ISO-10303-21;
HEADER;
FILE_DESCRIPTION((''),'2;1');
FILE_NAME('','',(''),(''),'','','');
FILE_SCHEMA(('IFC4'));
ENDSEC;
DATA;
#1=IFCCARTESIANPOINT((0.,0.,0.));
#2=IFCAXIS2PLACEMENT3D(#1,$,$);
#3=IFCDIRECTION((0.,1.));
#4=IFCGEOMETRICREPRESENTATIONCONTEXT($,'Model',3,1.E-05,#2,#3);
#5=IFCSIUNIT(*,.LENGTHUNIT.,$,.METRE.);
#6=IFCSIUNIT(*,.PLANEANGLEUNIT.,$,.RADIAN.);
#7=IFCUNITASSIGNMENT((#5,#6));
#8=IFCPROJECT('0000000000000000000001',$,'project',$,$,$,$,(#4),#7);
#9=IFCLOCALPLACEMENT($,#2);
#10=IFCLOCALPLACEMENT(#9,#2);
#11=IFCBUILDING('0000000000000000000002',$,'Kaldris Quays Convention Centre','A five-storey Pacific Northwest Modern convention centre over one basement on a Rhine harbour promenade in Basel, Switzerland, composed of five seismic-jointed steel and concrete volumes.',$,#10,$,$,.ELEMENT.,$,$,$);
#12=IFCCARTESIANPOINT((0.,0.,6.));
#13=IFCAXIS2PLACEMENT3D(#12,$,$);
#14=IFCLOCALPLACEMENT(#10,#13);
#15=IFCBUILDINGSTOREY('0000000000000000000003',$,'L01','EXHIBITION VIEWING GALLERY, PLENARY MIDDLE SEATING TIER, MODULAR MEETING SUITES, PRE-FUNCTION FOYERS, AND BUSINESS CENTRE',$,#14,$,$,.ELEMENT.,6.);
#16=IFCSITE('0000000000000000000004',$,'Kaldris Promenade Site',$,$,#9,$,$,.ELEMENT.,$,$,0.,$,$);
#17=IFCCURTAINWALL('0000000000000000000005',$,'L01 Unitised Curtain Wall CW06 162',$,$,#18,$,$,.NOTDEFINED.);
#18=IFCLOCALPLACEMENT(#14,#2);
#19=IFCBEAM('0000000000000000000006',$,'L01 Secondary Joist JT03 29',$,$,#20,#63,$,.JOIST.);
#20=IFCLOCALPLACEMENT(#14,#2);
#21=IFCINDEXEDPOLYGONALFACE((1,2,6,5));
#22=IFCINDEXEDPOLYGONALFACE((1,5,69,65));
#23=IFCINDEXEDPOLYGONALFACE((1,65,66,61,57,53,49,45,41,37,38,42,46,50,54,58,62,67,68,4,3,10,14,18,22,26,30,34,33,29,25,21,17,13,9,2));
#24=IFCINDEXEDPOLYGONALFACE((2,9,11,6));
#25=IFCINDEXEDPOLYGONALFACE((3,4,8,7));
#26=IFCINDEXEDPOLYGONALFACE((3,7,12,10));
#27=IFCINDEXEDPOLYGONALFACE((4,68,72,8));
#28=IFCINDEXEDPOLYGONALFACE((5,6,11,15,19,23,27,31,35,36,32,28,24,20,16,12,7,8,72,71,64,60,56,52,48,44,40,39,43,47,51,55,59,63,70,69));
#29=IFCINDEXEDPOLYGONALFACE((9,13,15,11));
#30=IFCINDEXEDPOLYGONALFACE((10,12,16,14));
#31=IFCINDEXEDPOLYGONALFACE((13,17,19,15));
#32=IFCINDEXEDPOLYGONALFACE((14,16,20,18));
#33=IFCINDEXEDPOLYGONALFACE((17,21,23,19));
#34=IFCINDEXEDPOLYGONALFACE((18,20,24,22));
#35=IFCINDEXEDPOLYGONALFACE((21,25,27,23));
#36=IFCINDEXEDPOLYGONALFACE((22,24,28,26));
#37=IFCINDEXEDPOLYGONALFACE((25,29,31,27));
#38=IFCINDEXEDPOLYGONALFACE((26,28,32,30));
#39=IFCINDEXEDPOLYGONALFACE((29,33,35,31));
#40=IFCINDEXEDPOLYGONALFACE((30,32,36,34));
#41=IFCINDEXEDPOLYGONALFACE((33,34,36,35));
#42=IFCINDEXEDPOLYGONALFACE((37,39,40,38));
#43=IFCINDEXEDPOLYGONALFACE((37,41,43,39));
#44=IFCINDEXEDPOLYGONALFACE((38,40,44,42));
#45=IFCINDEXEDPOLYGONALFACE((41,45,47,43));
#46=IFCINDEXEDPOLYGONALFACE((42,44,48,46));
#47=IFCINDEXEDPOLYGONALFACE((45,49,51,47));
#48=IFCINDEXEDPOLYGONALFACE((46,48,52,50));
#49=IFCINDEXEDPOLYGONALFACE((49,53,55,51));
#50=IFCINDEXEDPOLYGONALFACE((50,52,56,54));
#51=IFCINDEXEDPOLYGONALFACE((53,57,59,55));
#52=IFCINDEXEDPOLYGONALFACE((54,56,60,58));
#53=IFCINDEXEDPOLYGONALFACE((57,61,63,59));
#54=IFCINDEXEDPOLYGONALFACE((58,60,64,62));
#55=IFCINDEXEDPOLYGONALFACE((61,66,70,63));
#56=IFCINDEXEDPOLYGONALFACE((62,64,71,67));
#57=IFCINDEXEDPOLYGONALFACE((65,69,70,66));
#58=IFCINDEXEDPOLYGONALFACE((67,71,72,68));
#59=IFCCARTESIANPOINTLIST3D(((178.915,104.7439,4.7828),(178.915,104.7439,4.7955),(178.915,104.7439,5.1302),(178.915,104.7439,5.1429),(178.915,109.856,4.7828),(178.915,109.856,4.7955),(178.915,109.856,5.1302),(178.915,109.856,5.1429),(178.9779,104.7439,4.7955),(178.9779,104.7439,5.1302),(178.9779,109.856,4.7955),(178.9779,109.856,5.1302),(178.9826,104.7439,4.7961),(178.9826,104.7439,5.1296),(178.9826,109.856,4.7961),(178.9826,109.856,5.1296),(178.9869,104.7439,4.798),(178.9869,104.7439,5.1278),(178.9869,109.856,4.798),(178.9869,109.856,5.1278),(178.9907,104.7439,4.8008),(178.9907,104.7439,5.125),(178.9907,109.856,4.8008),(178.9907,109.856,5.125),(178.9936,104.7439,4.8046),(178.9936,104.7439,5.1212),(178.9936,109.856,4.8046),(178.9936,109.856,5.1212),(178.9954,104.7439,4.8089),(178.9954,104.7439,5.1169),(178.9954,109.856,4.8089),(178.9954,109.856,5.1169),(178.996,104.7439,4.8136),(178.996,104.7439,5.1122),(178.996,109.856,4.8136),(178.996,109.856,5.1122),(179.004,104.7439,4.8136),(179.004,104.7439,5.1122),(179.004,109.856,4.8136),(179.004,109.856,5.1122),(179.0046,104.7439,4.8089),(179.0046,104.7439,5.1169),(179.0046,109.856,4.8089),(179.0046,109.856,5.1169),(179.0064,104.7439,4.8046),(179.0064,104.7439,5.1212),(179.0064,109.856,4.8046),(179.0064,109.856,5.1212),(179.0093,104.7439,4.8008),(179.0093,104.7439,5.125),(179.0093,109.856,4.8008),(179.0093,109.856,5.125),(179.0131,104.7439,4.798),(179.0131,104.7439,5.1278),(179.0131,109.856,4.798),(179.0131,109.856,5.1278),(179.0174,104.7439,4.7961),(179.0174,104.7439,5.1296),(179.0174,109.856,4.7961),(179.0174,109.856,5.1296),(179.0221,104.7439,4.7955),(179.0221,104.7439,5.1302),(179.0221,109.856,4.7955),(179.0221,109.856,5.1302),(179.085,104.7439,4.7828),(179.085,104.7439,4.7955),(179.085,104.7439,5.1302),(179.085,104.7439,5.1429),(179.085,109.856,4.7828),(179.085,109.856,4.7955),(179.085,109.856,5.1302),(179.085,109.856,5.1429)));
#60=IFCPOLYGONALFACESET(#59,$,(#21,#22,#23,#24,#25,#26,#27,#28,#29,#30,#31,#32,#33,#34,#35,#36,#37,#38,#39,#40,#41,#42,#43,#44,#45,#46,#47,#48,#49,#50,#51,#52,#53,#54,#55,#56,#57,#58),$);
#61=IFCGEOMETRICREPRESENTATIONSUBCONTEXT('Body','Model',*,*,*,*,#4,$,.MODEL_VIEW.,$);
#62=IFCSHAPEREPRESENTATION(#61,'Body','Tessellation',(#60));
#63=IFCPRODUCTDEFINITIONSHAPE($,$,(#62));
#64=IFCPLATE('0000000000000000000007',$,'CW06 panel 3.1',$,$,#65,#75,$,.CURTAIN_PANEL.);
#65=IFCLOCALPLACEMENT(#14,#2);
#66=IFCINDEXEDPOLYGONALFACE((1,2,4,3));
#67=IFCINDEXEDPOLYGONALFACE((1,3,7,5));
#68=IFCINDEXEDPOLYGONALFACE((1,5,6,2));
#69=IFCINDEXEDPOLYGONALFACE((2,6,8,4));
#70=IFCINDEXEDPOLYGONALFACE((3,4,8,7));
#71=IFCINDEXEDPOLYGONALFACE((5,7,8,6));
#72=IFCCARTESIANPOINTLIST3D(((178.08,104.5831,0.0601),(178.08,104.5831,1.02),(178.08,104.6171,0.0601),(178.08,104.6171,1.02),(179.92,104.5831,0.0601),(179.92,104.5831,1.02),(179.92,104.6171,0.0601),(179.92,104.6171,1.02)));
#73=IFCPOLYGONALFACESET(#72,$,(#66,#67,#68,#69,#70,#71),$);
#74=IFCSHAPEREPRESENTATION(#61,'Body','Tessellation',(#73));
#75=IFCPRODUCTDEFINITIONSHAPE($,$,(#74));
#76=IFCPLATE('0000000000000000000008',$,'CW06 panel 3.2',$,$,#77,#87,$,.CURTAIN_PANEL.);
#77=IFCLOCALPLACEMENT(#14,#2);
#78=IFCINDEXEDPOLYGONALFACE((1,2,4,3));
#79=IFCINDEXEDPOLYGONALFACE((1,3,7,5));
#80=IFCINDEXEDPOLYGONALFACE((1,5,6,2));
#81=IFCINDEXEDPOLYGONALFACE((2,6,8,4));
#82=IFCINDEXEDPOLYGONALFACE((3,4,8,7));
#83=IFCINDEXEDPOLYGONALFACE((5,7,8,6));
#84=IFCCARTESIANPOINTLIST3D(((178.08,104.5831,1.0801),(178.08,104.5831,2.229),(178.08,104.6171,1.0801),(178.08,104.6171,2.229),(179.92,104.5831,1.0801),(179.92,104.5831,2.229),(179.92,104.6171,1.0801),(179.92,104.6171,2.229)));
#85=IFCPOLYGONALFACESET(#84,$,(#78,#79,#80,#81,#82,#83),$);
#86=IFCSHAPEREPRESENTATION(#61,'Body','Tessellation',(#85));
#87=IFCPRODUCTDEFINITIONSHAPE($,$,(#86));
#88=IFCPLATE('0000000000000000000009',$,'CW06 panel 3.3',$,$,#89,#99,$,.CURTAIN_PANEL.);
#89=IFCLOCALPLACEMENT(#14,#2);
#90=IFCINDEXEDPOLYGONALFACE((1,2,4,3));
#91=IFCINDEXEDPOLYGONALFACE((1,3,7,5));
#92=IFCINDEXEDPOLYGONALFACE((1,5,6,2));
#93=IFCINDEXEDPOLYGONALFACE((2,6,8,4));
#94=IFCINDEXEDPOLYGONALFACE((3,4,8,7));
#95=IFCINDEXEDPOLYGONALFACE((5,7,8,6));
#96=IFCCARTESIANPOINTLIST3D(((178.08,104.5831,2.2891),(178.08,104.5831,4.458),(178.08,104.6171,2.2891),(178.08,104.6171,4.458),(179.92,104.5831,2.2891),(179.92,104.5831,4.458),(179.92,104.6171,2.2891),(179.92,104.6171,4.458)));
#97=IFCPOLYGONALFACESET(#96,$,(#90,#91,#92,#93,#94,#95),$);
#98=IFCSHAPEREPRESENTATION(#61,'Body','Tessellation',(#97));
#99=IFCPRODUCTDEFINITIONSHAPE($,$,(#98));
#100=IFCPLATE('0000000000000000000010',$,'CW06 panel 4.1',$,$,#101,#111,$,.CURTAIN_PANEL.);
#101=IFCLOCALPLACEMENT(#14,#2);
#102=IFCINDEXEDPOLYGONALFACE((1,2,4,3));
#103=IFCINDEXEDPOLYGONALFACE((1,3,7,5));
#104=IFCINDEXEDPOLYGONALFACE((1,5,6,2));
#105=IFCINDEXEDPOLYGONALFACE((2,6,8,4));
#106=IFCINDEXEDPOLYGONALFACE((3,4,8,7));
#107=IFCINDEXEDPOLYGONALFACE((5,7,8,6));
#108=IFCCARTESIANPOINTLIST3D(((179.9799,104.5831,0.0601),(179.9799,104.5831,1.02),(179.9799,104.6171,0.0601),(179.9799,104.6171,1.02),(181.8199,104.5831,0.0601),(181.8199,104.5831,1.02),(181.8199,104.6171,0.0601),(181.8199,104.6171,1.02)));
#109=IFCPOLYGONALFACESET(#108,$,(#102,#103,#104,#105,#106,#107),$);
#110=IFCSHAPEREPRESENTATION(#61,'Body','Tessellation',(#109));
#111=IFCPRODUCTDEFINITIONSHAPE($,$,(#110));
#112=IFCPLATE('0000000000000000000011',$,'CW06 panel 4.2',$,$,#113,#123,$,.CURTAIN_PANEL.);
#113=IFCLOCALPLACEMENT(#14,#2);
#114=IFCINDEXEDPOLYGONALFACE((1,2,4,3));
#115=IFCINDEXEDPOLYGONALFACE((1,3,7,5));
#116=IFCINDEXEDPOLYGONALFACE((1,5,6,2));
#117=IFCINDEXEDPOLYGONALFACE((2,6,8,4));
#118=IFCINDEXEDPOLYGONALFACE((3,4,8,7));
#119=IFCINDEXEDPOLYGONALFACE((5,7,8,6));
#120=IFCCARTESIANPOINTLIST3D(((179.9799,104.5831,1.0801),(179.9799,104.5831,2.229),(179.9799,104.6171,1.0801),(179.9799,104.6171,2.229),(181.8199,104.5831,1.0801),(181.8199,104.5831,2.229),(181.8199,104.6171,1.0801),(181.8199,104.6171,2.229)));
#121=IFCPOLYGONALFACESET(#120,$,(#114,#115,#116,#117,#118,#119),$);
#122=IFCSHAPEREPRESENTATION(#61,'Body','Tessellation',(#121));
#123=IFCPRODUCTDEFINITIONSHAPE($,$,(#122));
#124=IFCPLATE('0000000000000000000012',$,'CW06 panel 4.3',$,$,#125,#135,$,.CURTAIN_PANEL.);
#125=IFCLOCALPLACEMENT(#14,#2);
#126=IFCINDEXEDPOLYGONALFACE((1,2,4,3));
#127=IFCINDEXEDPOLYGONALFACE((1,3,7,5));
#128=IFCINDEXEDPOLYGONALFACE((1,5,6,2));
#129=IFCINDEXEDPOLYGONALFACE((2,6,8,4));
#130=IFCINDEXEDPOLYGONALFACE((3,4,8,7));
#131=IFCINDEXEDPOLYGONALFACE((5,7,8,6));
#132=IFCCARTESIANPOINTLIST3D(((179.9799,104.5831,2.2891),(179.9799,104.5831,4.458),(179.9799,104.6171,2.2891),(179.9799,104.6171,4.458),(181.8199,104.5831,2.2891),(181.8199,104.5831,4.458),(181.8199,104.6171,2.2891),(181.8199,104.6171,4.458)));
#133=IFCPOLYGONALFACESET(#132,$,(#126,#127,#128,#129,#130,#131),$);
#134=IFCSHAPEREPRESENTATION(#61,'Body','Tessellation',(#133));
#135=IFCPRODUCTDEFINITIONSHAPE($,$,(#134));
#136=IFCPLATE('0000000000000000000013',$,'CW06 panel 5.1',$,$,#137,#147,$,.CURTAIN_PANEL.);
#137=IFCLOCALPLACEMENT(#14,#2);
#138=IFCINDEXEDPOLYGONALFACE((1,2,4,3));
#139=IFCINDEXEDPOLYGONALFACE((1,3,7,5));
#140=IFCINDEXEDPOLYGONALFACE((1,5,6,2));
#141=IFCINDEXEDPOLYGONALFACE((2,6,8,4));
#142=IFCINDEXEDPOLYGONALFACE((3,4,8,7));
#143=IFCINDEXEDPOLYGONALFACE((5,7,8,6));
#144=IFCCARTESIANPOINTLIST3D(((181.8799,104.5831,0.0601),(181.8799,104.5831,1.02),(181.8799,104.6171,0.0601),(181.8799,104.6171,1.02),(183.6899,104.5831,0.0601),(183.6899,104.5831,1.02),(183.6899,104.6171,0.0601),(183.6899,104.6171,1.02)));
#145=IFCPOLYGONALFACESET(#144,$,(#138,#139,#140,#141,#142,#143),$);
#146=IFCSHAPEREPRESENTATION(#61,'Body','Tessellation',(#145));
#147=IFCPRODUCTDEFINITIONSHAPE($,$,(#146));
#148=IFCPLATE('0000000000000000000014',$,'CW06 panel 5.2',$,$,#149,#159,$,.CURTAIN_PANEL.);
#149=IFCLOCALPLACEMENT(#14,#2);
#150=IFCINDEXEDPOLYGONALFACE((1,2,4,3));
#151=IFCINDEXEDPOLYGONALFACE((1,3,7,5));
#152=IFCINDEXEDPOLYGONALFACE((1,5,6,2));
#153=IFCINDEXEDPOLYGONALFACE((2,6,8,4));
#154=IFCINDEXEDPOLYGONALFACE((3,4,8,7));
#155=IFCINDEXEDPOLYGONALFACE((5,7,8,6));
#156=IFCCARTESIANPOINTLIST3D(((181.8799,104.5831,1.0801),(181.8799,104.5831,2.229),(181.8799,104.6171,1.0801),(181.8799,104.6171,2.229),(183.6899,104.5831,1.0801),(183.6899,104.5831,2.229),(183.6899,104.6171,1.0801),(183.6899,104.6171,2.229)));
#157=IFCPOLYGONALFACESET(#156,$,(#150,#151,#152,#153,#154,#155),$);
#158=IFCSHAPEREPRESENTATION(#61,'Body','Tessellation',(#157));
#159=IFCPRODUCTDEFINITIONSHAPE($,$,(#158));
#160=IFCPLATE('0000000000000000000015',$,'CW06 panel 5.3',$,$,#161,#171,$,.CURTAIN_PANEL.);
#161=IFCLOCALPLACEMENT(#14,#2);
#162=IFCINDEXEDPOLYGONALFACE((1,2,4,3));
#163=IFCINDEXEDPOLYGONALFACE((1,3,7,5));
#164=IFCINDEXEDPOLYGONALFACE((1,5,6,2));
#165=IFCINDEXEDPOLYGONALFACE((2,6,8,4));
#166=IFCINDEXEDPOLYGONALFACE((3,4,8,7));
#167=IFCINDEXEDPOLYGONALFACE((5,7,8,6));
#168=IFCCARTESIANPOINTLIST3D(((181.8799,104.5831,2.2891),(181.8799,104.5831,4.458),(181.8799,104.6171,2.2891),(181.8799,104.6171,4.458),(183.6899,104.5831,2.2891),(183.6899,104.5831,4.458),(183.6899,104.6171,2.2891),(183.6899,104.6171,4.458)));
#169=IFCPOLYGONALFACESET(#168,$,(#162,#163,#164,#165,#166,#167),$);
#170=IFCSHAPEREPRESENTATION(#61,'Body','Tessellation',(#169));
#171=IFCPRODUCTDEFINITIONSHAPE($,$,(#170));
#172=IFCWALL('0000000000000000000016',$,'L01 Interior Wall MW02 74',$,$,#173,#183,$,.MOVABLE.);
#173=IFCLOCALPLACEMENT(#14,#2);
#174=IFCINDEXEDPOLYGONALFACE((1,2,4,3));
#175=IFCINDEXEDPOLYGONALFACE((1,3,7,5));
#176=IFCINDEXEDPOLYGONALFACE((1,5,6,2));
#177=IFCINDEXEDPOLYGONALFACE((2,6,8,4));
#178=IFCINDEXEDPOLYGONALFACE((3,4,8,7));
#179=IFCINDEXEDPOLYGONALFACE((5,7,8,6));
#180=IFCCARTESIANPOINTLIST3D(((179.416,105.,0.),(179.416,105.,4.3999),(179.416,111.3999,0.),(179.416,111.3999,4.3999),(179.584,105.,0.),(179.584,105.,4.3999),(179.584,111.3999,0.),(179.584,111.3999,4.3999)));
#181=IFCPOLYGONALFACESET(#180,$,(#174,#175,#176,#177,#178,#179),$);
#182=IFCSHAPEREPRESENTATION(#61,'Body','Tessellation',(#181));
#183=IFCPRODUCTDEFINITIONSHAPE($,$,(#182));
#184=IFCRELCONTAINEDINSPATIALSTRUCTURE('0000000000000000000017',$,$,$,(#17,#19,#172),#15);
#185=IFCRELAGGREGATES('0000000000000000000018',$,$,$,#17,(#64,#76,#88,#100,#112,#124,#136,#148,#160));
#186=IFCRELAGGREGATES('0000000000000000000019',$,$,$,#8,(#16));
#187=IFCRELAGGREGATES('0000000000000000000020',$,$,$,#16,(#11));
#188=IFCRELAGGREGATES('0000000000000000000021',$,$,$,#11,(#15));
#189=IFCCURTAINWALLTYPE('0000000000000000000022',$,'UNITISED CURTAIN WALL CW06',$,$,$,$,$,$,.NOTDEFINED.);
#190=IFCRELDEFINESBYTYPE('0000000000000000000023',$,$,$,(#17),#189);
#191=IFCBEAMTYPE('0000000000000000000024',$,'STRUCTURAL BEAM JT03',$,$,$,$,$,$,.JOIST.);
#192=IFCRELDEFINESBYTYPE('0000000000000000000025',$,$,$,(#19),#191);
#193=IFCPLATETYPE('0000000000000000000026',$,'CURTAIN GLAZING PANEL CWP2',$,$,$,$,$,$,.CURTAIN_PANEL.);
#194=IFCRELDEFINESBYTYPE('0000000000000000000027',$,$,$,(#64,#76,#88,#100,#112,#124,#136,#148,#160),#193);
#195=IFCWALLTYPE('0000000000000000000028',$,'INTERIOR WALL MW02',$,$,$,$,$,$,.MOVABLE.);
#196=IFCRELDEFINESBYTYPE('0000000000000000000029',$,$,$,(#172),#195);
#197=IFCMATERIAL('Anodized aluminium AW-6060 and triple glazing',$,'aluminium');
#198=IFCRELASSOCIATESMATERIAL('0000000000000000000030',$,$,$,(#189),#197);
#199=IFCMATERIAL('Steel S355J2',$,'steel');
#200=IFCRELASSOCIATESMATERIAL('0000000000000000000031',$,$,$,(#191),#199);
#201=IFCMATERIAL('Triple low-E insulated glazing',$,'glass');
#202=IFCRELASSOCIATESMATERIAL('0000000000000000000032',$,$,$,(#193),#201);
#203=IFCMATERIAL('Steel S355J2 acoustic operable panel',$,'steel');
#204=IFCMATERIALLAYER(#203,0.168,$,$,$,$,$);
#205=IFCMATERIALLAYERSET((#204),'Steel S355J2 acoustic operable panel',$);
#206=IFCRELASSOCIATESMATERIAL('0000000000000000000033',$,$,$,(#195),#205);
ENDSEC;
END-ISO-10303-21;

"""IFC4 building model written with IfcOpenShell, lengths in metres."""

from ifc_helpers import new_model, si_unit, direction, frame, frame_2d, origin, origin_2d, place, context, subcontext, project, spatial, rectangle, i_section, extrude, material, layer, layer_set, material_profile, profile_set, type_object, element, aggregate, save


model = new_model("IFC4")

# Units and contexts
model_context = context("Model", 3, precision=1e-05, world=origin(), true_north=direction((0.0, 1.0)))
body_context = subcontext(model_context, "Body", "Model", "MODEL_VIEW")
ifc_project = project(units=[si_unit("LENGTHUNIT", "METRE"), si_unit("PLANEANGLEUNIT", "RADIAN")], contexts=[model_context])

# Site, building, storey
site_placement = place(None, origin())
site = spatial("IfcSite", under=ifc_project, at=site_placement, Name="Kaldris Promenade Site", CompositionType="ELEMENT", RefElevation=0.0)
building_placement = place(site_placement, origin())
building = spatial("IfcBuilding", under=site, at=building_placement, Name="Kaldris Quays Convention Centre", Description="A five-storey Pacific Northwest Modern convention centre over one basement on a Rhine harbour promenade in Basel, Switzerland, composed of five seismic-jointed steel and concrete volumes.", CompositionType="ELEMENT")
storey_placement = place(building_placement, frame((0.0, 0.0, 6.0)))
storey = spatial("IfcBuildingStorey", under=building, at=storey_placement, Name="L01", Description="EXHIBITION VIEWING GALLERY, PLENARY MIDDLE SEATING TIER, MODULAR MEETING SUITES, PRE-FUNCTION FOYERS, AND BUSINESS CENTRE", CompositionType="ELEMENT", Elevation=6.0)

# Shared definitions
ifc_material_1 = material(Name="Steel S355J2", Category="steel")

# Curtain wall
ifc_material_2 = material(Name="Anodized aluminium AW-6060 and triple glazing", Category="aluminium")
curtain_wall_type = type_object("IfcCurtainWallType", Name="UNITISED CURTAIN WALL CW06", PredefinedType="NOTDEFINED", material=ifc_material_2)
curtain_wall_placement = place(storey_placement, origin())
curtain_wall = element("IfcCurtainWall", 1, at=curtain_wall_placement, inside=storey, type_object=curtain_wall_type, Name="L01 Unitised Curtain Wall CW06 162", PredefinedType="NOTDEFINED")

# Beam
ifc_material_profile_1 = material_profile(ifc_material_1, i_section(OverallWidth=0.1699, OverallDepth=0.3601, WebThickness=0.0081, FlangeThickness=0.0127, FilletRadius=0.0181, at=origin_2d()), Name="IPE 360")
ifc_profile_set_1 = profile_set([ifc_material_profile_1], Name="Steel S355J2")
beam_type_1 = type_object("IfcBeamType", Name="STRUCTURAL BEAM JT03", PredefinedType="JOIST", material=ifc_profile_set_1)
beam_1_placement = place(storey_placement, frame((179.0, 104.7439, 4.9629), z_axis=(0.0, 1.0, 0.0), x_axis=(-1.0, 0.0, 0.0)))
element("IfcBeam", 2, at=beam_1_placement, inside=storey, type_object=beam_type_1, Name="L01 Secondary Joist JT03 29", PredefinedType="JOIST", context=body_context, shape_type="SweptSolid", body=[
    extrude(i_section(OverallWidth=0.1699, OverallDepth=0.3601, WebThickness=0.0081, FlangeThickness=0.0127, FilletRadius=0.0181, at=origin_2d()), origin(), (0.0, 0.0, 1.0), 5.1121),
])

# Plates
ifc_material_3 = material(Name="Triple low-E insulated glazing", Category="glass")
plate_type = type_object("IfcPlateType", Name="CURTAIN GLAZING PANEL CWP2", PredefinedType="CURTAIN_PANEL", material=ifc_material_3)
plate_1_placement = place(storey_placement, frame((179.0, 104.6001, 0.0601), z_axis=(0.0, 0.0, 1.0), x_axis=(1.0, 0.0, 0.0)))
plate_1 = element("IfcPlate", 3, at=plate_1_placement, type_object=plate_type, Name="CW06 panel 3.1", PredefinedType="CURTAIN_PANEL", context=body_context, shape_type="SweptSolid", body=[
    extrude(rectangle(XDim=1.8401, YDim=0.0339, at=origin_2d()), origin(), (0.0, 0.0, 1.0), 0.96),
])
plate_2_placement = place(storey_placement, frame((179.0, 104.6001, 1.0801), z_axis=(0.0, 0.0, 1.0), x_axis=(1.0, 0.0, 0.0)))
plate_2 = element("IfcPlate", 4, at=plate_2_placement, type_object=plate_type, Name="CW06 panel 3.2", PredefinedType="CURTAIN_PANEL", context=body_context, shape_type="SweptSolid", body=[
    extrude(rectangle(XDim=1.8401, YDim=0.0339, at=origin_2d()), origin(), (0.0, 0.0, 1.0), 1.1489),
])
plate_3_placement = place(storey_placement, frame((179.0, 104.6001, 2.2891), z_axis=(0.0, 0.0, 1.0), x_axis=(1.0, 0.0, 0.0)))
plate_3 = element("IfcPlate", 5, at=plate_3_placement, type_object=plate_type, Name="CW06 panel 3.3", PredefinedType="CURTAIN_PANEL", context=body_context, shape_type="SweptSolid", body=[
    extrude(rectangle(XDim=1.8401, YDim=0.0339, at=origin_2d()), origin(), (0.0, 0.0, 1.0), 2.1689),
])
plate_4_placement = place(storey_placement, frame((180.8999, 104.6001, 0.0601), z_axis=(0.0, 0.0, 1.0), x_axis=(1.0, 0.0, 0.0)))
plate_4 = element("IfcPlate", 6, at=plate_4_placement, type_object=plate_type, Name="CW06 panel 4.1", PredefinedType="CURTAIN_PANEL", context=body_context, shape_type="SweptSolid", body=[
    extrude(rectangle(XDim=1.8401, YDim=0.0339, at=origin_2d()), origin(), (0.0, 0.0, 1.0), 0.96),
])
plate_5_placement = place(storey_placement, frame((180.8999, 104.6001, 1.0801), z_axis=(0.0, 0.0, 1.0), x_axis=(1.0, 0.0, 0.0)))
plate_5 = element("IfcPlate", 7, at=plate_5_placement, type_object=plate_type, Name="CW06 panel 4.2", PredefinedType="CURTAIN_PANEL", context=body_context, shape_type="SweptSolid", body=[
    extrude(rectangle(XDim=1.8401, YDim=0.0339, at=origin_2d()), origin(), (0.0, 0.0, 1.0), 1.1489),
])
plate_6_placement = place(storey_placement, frame((180.8999, 104.6001, 2.2891), z_axis=(0.0, 0.0, 1.0), x_axis=(1.0, 0.0, 0.0)))
plate_6 = element("IfcPlate", 8, at=plate_6_placement, type_object=plate_type, Name="CW06 panel 4.3", PredefinedType="CURTAIN_PANEL", context=body_context, shape_type="SweptSolid", body=[
    extrude(rectangle(XDim=1.8401, YDim=0.0339, at=origin_2d()), origin(), (0.0, 0.0, 1.0), 2.1689),
])
plate_7_placement = place(storey_placement, frame((182.7849, 104.6001, 0.0601), z_axis=(0.0, 0.0, 1.0), x_axis=(1.0, 0.0, 0.0)))
plate_7 = element("IfcPlate", 9, at=plate_7_placement, type_object=plate_type, Name="CW06 panel 5.1", PredefinedType="CURTAIN_PANEL", context=body_context, shape_type="SweptSolid", body=[
    extrude(rectangle(XDim=1.8101, YDim=0.0339, at=origin_2d()), origin(), (0.0, 0.0, 1.0), 0.96),
])
plate_8_placement = place(storey_placement, frame((182.7849, 104.6001, 1.0801), z_axis=(0.0, 0.0, 1.0), x_axis=(1.0, 0.0, 0.0)))
plate_8 = element("IfcPlate", 10, at=plate_8_placement, type_object=plate_type, Name="CW06 panel 5.2", PredefinedType="CURTAIN_PANEL", context=body_context, shape_type="SweptSolid", body=[
    extrude(rectangle(XDim=1.8101, YDim=0.0339, at=origin_2d()), origin(), (0.0, 0.0, 1.0), 1.1489),
])
plate_9_placement = place(storey_placement, frame((182.7849, 104.6001, 2.2891), z_axis=(0.0, 0.0, 1.0), x_axis=(1.0, 0.0, 0.0)))
plate_9 = element("IfcPlate", 11, at=plate_9_placement, type_object=plate_type, Name="CW06 panel 5.3", PredefinedType="CURTAIN_PANEL", context=body_context, shape_type="SweptSolid", body=[
    extrude(rectangle(XDim=1.8101, YDim=0.0339, at=origin_2d()), origin(), (0.0, 0.0, 1.0), 2.1689),
])
aggregate(curtain_wall, [plate_1, plate_2, plate_3, plate_4, plate_5, plate_6, plate_7, plate_8, plate_9])

# Wall
ifc_material_4 = material(Name="Steel S355J2 acoustic operable panel", Category="steel")
ifc_layer = layer(ifc_material_4, 0.168)
ifc_layer_set = layer_set([ifc_layer], Name="Steel S355J2 acoustic operable panel")
wall_type = type_object("IfcWallType", Name="INTERIOR WALL MW02", PredefinedType="MOVABLE", material=ifc_layer_set)
wall_placement = place(storey_placement, frame((179.5, 105.0, 0.0), z_axis=(0.0, 0.0, 1.0), x_axis=(0.0, 1.0, 0.0)))
element("IfcWall", 12, at=wall_placement, inside=storey, type_object=wall_type, Name="L01 Interior Wall MW02 74", PredefinedType="MOVABLE", context=body_context, shape_type="SweptSolid", body=[
    extrude(rectangle(XDim=6.3999, YDim=0.168, at=frame_2d((3.2, 0.0))), origin(), (0.0, 0.0, 1.0), 4.3999),
])

save(model, "model.ifc")
